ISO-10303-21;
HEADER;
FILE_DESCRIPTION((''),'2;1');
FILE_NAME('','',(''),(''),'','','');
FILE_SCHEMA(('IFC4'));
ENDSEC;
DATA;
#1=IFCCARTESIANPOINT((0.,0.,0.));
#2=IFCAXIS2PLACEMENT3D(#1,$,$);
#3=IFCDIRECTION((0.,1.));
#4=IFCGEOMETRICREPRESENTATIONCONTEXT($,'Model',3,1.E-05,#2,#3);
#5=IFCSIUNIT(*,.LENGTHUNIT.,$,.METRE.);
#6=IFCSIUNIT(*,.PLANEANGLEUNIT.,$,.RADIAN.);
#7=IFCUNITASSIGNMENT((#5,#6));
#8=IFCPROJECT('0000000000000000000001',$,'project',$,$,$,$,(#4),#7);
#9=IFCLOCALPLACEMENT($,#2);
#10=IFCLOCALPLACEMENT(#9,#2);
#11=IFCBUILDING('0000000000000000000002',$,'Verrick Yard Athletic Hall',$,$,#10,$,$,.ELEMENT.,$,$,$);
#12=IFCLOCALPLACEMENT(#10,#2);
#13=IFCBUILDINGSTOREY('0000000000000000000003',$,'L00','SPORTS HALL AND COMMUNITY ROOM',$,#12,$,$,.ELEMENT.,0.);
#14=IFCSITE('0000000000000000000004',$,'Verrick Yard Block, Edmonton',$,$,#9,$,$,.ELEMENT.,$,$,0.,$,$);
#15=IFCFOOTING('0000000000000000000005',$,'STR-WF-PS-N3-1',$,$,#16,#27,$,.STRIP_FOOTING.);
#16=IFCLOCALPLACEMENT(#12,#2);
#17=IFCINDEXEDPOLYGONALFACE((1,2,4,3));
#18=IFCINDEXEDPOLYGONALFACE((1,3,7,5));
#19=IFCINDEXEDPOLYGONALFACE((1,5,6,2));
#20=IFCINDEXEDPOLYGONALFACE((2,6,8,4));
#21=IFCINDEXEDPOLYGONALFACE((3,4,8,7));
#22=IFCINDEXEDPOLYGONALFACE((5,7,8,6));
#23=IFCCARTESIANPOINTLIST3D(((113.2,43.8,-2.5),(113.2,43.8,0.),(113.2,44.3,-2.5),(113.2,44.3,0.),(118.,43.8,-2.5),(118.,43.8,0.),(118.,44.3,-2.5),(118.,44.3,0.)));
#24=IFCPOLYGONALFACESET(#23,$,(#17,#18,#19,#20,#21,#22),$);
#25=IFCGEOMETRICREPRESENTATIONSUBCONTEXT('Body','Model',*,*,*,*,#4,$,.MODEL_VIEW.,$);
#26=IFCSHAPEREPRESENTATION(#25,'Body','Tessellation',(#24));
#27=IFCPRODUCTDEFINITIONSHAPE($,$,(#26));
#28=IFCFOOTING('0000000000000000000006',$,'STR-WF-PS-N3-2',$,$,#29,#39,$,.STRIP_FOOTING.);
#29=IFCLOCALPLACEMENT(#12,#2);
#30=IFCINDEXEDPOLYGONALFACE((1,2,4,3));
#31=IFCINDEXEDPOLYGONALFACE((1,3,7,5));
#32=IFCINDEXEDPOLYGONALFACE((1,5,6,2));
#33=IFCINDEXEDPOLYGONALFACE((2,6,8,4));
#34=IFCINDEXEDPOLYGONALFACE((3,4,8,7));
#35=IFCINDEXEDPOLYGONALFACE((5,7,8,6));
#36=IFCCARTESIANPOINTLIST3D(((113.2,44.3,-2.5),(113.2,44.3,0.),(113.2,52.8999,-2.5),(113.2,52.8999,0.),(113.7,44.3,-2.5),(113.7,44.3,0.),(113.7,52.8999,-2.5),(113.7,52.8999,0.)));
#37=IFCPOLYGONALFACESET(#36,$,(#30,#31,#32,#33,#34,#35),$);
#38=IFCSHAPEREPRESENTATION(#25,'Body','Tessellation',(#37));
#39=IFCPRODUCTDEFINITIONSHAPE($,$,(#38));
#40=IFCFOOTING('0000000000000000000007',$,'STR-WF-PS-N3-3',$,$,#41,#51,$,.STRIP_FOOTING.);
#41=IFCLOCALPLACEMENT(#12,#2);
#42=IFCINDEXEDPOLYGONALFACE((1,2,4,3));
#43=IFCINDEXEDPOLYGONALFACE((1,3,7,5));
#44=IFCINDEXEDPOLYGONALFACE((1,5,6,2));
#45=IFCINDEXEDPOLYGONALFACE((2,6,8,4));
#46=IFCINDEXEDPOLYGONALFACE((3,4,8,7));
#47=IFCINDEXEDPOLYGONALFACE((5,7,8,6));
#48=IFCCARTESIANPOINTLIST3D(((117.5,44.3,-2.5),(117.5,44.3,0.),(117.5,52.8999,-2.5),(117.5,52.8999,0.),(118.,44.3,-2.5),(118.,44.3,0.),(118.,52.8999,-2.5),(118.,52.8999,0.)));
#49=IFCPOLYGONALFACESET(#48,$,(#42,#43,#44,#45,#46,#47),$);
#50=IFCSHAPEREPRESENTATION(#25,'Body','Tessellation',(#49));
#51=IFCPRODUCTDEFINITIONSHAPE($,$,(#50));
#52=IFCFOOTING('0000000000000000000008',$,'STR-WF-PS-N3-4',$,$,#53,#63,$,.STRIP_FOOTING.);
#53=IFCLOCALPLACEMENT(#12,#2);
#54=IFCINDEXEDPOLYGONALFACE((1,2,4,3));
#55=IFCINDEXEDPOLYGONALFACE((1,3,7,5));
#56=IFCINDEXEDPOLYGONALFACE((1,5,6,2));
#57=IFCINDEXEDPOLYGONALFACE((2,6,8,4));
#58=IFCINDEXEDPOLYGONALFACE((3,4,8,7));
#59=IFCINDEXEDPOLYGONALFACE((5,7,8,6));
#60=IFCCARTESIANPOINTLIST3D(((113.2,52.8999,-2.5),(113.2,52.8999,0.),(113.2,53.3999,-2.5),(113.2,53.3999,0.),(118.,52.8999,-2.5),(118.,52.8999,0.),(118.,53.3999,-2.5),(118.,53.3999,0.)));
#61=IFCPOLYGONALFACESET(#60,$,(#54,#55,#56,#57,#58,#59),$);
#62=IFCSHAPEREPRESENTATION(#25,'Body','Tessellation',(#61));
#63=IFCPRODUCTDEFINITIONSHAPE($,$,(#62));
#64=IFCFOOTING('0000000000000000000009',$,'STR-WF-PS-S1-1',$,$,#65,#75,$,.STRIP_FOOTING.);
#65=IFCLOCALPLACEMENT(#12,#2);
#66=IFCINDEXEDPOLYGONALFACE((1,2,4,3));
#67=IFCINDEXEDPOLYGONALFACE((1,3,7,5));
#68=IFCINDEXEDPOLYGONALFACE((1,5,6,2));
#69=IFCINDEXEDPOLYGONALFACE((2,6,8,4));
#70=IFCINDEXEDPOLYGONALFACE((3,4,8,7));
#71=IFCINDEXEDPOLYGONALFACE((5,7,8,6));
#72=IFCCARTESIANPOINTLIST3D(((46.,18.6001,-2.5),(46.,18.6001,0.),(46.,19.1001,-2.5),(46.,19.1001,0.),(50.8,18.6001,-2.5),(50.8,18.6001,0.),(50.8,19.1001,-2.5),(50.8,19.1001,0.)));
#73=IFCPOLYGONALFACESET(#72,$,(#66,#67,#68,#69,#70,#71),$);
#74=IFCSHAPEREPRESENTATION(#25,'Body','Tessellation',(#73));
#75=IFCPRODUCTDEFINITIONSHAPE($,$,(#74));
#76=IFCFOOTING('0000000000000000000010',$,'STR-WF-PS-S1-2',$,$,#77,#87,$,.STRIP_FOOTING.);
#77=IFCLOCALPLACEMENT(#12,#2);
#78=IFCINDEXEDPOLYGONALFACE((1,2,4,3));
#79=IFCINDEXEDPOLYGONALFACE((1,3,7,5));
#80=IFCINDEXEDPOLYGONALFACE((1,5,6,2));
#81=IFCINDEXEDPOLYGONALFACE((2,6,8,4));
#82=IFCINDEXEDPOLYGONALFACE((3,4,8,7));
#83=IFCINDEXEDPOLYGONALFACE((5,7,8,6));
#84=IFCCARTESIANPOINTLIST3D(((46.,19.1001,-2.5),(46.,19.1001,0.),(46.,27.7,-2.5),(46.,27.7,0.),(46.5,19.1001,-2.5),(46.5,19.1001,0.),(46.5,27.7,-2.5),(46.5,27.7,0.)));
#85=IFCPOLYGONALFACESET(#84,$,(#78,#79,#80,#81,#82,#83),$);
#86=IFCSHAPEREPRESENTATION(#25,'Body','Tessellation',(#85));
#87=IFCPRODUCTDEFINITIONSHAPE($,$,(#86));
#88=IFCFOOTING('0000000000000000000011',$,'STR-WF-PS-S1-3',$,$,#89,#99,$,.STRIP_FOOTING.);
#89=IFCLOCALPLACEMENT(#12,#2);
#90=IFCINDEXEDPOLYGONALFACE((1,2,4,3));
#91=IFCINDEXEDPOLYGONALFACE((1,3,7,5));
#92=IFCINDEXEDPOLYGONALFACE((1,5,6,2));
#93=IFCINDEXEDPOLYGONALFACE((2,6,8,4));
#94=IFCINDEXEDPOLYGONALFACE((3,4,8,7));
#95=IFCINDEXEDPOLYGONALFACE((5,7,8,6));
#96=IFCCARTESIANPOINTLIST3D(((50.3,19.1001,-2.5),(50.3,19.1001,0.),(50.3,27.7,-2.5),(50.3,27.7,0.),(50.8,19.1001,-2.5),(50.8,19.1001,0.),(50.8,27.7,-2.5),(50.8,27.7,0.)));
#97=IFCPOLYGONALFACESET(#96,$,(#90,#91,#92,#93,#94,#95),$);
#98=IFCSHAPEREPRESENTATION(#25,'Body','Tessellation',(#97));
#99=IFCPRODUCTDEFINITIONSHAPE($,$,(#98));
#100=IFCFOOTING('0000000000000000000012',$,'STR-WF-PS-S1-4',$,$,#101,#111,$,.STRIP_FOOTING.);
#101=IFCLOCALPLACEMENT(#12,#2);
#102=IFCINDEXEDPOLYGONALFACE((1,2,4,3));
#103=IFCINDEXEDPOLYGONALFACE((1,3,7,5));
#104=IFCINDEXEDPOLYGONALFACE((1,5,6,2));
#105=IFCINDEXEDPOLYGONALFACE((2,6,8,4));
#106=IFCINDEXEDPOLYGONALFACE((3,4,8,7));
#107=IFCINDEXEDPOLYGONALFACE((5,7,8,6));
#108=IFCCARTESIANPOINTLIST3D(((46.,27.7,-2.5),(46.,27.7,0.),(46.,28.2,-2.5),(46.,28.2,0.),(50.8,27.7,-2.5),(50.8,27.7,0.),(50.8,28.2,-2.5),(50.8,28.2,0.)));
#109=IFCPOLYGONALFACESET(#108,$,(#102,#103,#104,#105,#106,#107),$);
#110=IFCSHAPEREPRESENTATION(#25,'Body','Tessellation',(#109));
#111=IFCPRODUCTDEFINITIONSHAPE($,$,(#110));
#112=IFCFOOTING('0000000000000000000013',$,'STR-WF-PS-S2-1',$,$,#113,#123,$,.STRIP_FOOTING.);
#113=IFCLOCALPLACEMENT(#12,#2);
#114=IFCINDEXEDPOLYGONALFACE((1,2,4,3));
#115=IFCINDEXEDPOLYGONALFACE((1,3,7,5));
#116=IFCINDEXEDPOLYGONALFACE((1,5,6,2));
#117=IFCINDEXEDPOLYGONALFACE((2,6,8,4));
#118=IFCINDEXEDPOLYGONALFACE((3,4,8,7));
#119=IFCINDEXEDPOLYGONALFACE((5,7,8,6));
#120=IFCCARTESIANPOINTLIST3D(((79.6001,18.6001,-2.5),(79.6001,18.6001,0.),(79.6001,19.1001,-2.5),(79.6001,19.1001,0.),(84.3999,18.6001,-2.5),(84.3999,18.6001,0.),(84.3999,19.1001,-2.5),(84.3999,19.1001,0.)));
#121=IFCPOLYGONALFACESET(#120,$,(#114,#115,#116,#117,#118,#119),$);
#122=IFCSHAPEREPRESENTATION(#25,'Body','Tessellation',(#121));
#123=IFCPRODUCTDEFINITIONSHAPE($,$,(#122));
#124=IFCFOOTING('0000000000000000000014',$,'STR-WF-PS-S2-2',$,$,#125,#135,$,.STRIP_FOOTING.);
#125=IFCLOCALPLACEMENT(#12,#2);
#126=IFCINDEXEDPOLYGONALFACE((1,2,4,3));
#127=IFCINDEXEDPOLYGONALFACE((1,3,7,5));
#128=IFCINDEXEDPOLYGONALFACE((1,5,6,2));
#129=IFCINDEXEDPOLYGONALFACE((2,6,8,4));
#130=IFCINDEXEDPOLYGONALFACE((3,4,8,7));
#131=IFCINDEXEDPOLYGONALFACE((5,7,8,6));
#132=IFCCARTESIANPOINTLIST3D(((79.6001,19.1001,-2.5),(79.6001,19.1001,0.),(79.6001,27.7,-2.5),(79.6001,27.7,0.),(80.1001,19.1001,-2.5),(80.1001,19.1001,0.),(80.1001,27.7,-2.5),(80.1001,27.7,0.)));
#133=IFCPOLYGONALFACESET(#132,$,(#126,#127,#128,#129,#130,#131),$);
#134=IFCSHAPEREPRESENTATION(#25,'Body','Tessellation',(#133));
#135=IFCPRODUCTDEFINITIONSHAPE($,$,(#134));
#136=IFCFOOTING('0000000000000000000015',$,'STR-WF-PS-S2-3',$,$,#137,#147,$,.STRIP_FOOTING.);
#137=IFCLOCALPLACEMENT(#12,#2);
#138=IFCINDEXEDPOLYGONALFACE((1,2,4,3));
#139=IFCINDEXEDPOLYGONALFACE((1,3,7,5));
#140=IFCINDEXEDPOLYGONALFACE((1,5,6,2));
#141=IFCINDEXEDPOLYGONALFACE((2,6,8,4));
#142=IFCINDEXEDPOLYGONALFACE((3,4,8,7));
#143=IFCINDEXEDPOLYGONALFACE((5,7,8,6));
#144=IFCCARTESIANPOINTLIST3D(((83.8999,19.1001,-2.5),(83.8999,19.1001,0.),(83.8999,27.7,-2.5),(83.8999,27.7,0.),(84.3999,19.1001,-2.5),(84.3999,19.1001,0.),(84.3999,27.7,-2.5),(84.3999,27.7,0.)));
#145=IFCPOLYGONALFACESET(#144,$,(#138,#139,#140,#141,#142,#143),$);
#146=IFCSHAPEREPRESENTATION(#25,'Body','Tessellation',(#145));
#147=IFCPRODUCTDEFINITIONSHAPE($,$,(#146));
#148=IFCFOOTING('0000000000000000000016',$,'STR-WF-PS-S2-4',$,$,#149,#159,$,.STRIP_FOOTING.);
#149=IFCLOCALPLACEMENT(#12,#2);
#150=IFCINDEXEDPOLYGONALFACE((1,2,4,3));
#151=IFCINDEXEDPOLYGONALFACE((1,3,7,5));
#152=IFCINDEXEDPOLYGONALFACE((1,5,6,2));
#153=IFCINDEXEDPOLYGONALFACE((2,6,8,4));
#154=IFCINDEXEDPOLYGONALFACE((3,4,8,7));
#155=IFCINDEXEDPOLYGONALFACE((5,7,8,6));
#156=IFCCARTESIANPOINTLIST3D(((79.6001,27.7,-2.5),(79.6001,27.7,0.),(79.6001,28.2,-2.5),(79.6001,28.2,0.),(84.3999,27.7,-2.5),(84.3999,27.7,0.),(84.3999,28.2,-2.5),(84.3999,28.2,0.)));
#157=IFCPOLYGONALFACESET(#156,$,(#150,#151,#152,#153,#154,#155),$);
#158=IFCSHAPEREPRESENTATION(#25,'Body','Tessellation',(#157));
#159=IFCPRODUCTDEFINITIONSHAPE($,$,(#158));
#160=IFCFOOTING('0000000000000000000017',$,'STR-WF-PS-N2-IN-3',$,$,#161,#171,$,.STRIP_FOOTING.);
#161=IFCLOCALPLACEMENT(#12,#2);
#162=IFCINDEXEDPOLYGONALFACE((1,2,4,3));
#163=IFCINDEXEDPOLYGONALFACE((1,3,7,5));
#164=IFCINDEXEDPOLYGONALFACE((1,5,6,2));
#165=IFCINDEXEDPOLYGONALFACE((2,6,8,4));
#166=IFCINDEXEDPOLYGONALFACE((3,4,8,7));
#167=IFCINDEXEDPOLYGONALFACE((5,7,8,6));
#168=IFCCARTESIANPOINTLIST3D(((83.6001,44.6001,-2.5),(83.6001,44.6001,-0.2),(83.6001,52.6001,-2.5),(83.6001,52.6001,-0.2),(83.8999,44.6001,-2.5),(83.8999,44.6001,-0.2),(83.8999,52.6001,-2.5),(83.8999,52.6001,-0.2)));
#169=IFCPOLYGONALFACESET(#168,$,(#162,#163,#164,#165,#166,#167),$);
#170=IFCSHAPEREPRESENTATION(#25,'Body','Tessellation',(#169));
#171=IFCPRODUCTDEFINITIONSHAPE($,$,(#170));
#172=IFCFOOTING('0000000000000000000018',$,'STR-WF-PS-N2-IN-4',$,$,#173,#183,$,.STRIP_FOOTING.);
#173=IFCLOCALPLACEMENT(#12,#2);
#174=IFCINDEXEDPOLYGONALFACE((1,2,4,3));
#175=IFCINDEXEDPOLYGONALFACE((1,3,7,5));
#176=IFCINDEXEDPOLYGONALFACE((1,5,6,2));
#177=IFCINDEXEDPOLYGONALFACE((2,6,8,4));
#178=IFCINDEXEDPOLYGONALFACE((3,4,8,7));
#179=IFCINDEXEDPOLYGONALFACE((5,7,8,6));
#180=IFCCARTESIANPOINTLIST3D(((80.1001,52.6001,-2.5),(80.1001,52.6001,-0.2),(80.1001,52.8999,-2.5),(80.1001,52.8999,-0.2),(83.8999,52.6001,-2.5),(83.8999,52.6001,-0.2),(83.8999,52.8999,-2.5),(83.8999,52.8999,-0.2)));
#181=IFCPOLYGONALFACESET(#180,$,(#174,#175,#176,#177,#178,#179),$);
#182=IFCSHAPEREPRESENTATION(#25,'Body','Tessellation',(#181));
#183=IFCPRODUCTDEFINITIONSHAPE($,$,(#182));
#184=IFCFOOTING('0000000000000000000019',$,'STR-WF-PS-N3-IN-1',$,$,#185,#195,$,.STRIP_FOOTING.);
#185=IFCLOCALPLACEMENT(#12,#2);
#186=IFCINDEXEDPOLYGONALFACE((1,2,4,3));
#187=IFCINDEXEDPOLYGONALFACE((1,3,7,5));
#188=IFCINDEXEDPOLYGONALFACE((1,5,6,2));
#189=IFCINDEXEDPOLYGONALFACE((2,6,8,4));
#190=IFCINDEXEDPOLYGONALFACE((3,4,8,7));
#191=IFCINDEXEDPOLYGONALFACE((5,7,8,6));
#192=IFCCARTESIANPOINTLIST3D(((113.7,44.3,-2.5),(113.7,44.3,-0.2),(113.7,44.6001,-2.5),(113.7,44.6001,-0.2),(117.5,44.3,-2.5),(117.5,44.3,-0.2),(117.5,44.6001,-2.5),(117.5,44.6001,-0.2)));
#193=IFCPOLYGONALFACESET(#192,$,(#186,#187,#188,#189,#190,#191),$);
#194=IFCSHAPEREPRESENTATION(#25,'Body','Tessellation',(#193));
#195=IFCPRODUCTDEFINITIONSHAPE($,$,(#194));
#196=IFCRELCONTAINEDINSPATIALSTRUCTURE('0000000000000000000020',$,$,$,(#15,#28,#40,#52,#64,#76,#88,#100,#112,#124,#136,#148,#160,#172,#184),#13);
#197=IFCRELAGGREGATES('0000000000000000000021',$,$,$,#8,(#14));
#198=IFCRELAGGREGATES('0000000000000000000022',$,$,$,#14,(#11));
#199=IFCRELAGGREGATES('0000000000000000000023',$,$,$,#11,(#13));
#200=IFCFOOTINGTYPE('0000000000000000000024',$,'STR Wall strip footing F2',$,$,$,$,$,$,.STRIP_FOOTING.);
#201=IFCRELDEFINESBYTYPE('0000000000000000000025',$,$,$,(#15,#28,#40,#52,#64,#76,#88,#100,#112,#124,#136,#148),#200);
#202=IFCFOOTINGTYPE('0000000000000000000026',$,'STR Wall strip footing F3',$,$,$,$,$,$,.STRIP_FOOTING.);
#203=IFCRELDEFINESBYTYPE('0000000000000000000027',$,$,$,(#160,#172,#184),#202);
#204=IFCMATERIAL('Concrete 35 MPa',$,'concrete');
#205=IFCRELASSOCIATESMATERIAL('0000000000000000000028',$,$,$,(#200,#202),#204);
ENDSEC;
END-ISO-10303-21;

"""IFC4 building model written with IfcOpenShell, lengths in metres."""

from ifc_helpers import new_model, si_unit, direction, frame, origin, origin_2d, place, context, subcontext, project, spatial, polyline, rectangle, outline, extrude, material, material_profile, profile_set, type_object, element, save


model = new_model("IFC4")

# Units and contexts
model_context = context("Model", 3, precision=1e-05, world=origin(), true_north=direction((0.0, 1.0)))
body_context = subcontext(model_context, "Body", "Model", "MODEL_VIEW")
ifc_project = project(units=[si_unit("LENGTHUNIT", "METRE"), si_unit("PLANEANGLEUNIT", "RADIAN")], contexts=[model_context])

# Site, building, storey
site_placement = place(None, origin())
site = spatial("IfcSite", under=ifc_project, at=site_placement, Name="Verrick Yard Block, Edmonton", CompositionType="ELEMENT", RefElevation=0.0)
building_placement = place(site_placement, origin())
building = spatial("IfcBuilding", under=site, at=building_placement, Name="Verrick Yard Athletic Hall", CompositionType="ELEMENT")
storey_placement = place(building_placement, origin())
storey = spatial("IfcBuildingStorey", under=building, at=storey_placement, Name="L00", Description="SPORTS HALL AND COMMUNITY ROOM", CompositionType="ELEMENT", Elevation=0.0)

# Footings
ifc_material = material(Name="Concrete 35 MPa", Category="concrete")
ifc_material_profile_1 = material_profile(ifc_material, rectangle(XDim=0.5, YDim=2.5, at=origin_2d()), Name="STR Wall strip footing F2")
ifc_profile_set_1 = profile_set([ifc_material_profile_1], Name="Concrete 35 MPa")
footing_type_1 = type_object("IfcFootingType", Name="STR Wall strip footing F2", PredefinedType="STRIP_FOOTING", material=ifc_profile_set_1)
footing_1_placement = place(storey_placement, frame((0.0, 0.0, -2.5)))
element("IfcFooting", 1, at=footing_1_placement, inside=storey, type_object=footing_type_1, Name="STR-WF-PS-N3-1", PredefinedType="STRIP_FOOTING", context=body_context, shape_type="SweptSolid", body=[
    extrude(outline(polyline([(113.2, 43.8), (118.0, 43.8), (118.0, 44.3), (113.2, 44.3), (113.2, 43.8)])), origin(), (0.0, 0.0, 1.0), 2.5),
])
footing_2_placement = place(storey_placement, frame((0.0, 0.0, -2.5)))
element("IfcFooting", 2, at=footing_2_placement, inside=storey, type_object=footing_type_1, Name="STR-WF-PS-N3-2", PredefinedType="STRIP_FOOTING", context=body_context, shape_type="SweptSolid", body=[
    extrude(outline(polyline([(113.2, 44.3), (113.7, 44.3), (113.7, 52.8999), (113.2, 52.8999), (113.2, 44.3)])), origin(), (0.0, 0.0, 1.0), 2.5),
])
footing_3_placement = place(storey_placement, frame((0.0, 0.0, -2.5)))
element("IfcFooting", 3, at=footing_3_placement, inside=storey, type_object=footing_type_1, Name="STR-WF-PS-N3-3", PredefinedType="STRIP_FOOTING", context=body_context, shape_type="SweptSolid", body=[
    extrude(outline(polyline([(117.5, 44.3), (118.0, 44.3), (118.0, 52.8999), (117.5, 52.8999), (117.5, 44.3)])), origin(), (0.0, 0.0, 1.0), 2.5),
])
footing_4_placement = place(storey_placement, frame((0.0, 0.0, -2.5)))
element("IfcFooting", 4, at=footing_4_placement, inside=storey, type_object=footing_type_1, Name="STR-WF-PS-N3-4", PredefinedType="STRIP_FOOTING", context=body_context, shape_type="SweptSolid", body=[
    extrude(outline(polyline([(113.2, 52.8999), (118.0, 52.8999), (118.0, 53.3999), (113.2, 53.3999), (113.2, 52.8999)])), origin(), (0.0, 0.0, 1.0), 2.5),
])
footing_5_placement = place(storey_placement, frame((0.0, 0.0, -2.5)))
element("IfcFooting", 5, at=footing_5_placement, inside=storey, type_object=footing_type_1, Name="STR-WF-PS-S1-1", PredefinedType="STRIP_FOOTING", context=body_context, shape_type="SweptSolid", body=[
    extrude(outline(polyline([(46.0, 18.6001), (50.8, 18.6001), (50.8, 19.1001), (46.0, 19.1001), (46.0, 18.6001)])), origin(), (0.0, 0.0, 1.0), 2.5),
])
footing_6_placement = place(storey_placement, frame((0.0, 0.0, -2.5)))
element("IfcFooting", 6, at=footing_6_placement, inside=storey, type_object=footing_type_1, Name="STR-WF-PS-S1-2", PredefinedType="STRIP_FOOTING", context=body_context, shape_type="SweptSolid", body=[
    extrude(outline(polyline([(46.0, 19.1001), (46.5, 19.1001), (46.5, 27.7), (46.0, 27.7), (46.0, 19.1001)])), origin(), (0.0, 0.0, 1.0), 2.5),
])
footing_7_placement = place(storey_placement, frame((0.0, 0.0, -2.5)))
element("IfcFooting", 7, at=footing_7_placement, inside=storey, type_object=footing_type_1, Name="STR-WF-PS-S1-3", PredefinedType="STRIP_FOOTING", context=body_context, shape_type="SweptSolid", body=[
    extrude(outline(polyline([(50.3, 19.1001), (50.8, 19.1001), (50.8, 27.7), (50.3, 27.7), (50.3, 19.1001)])), origin(), (0.0, 0.0, 1.0), 2.5),
])
footing_8_placement = place(storey_placement, frame((0.0, 0.0, -2.5)))
element("IfcFooting", 8, at=footing_8_placement, inside=storey, type_object=footing_type_1, Name="STR-WF-PS-S1-4", PredefinedType="STRIP_FOOTING", context=body_context, shape_type="SweptSolid", body=[
    extrude(outline(polyline([(46.0, 27.7), (50.8, 27.7), (50.8, 28.2), (46.0, 28.2), (46.0, 27.7)])), origin(), (0.0, 0.0, 1.0), 2.5),
])
footing_9_placement = place(storey_placement, frame((0.0, 0.0, -2.5)))
element("IfcFooting", 9, at=footing_9_placement, inside=storey, type_object=footing_type_1, Name="STR-WF-PS-S2-1", PredefinedType="STRIP_FOOTING", context=body_context, shape_type="SweptSolid", body=[
    extrude(outline(polyline([(79.6001, 18.6001), (84.3999, 18.6001), (84.3999, 19.1001), (79.6001, 19.1001), (79.6001, 18.6001)])), origin(), (0.0, 0.0, 1.0), 2.5),
])
footing_10_placement = place(storey_placement, frame((0.0, 0.0, -2.5)))
element("IfcFooting", 10, at=footing_10_placement, inside=storey, type_object=footing_type_1, Name="STR-WF-PS-S2-2", PredefinedType="STRIP_FOOTING", context=body_context, shape_type="SweptSolid", body=[
    extrude(outline(polyline([(79.6001, 19.1001), (80.1001, 19.1001), (80.1001, 27.7), (79.6001, 27.7), (79.6001, 19.1001)])), origin(), (0.0, 0.0, 1.0), 2.5),
])
footing_11_placement = place(storey_placement, frame((0.0, 0.0, -2.5)))
element("IfcFooting", 11, at=footing_11_placement, inside=storey, type_object=footing_type_1, Name="STR-WF-PS-S2-3", PredefinedType="STRIP_FOOTING", context=body_context, shape_type="SweptSolid", body=[
    extrude(outline(polyline([(83.8999, 19.1001), (84.3999, 19.1001), (84.3999, 27.7), (83.8999, 27.7), (83.8999, 19.1001)])), origin(), (0.0, 0.0, 1.0), 2.5),
])
footing_12_placement = place(storey_placement, frame((0.0, 0.0, -2.5)))
element("IfcFooting", 12, at=footing_12_placement, inside=storey, type_object=footing_type_1, Name="STR-WF-PS-S2-4", PredefinedType="STRIP_FOOTING", context=body_context, shape_type="SweptSolid", body=[
    extrude(outline(polyline([(79.6001, 27.7), (84.3999, 27.7), (84.3999, 28.2), (79.6001, 28.2), (79.6001, 27.7)])), origin(), (0.0, 0.0, 1.0), 2.5),
])
ifc_material_profile_2 = material_profile(ifc_material, rectangle(XDim=0.3, YDim=2.3, at=origin_2d()), Name="STR Wall strip footing F3")
ifc_profile_set_2 = profile_set([ifc_material_profile_2], Name="Concrete 35 MPa")
footing_type_2 = type_object("IfcFootingType", Name="STR Wall strip footing F3", PredefinedType="STRIP_FOOTING", material=ifc_profile_set_2)
footing_13_placement = place(storey_placement, frame((0.0, 0.0, -2.5)))
element("IfcFooting", 13, at=footing_13_placement, inside=storey, type_object=footing_type_2, Name="STR-WF-PS-N2-IN-3", PredefinedType="STRIP_FOOTING", context=body_context, shape_type="SweptSolid", body=[
    extrude(outline(polyline([(83.6001, 44.6001), (83.8999, 44.6001), (83.8999, 52.6001), (83.6001, 52.6001), (83.6001, 44.6001)])), origin(), (0.0, 0.0, 1.0), 2.3),
])
footing_14_placement = place(storey_placement, frame((0.0, 0.0, -2.5)))
element("IfcFooting", 14, at=footing_14_placement, inside=storey, type_object=footing_type_2, Name="STR-WF-PS-N2-IN-4", PredefinedType="STRIP_FOOTING", context=body_context, shape_type="SweptSolid", body=[
    extrude(outline(polyline([(80.1001, 52.6001), (83.8999, 52.6001), (83.8999, 52.8999), (80.1001, 52.8999), (80.1001, 52.6001)])), origin(), (0.0, 0.0, 1.0), 2.3),
])
footing_15_placement = place(storey_placement, frame((0.0, 0.0, -2.5)))
element("IfcFooting", 15, at=footing_15_placement, inside=storey, type_object=footing_type_2, Name="STR-WF-PS-N3-IN-1", PredefinedType="STRIP_FOOTING", context=body_context, shape_type="SweptSolid", body=[
    extrude(outline(polyline([(113.7, 44.3), (117.5, 44.3), (117.5, 44.6001), (113.7, 44.6001), (113.7, 44.3)])), origin(), (0.0, 0.0, 1.0), 2.3),
])

save(model, "model.ifc")
